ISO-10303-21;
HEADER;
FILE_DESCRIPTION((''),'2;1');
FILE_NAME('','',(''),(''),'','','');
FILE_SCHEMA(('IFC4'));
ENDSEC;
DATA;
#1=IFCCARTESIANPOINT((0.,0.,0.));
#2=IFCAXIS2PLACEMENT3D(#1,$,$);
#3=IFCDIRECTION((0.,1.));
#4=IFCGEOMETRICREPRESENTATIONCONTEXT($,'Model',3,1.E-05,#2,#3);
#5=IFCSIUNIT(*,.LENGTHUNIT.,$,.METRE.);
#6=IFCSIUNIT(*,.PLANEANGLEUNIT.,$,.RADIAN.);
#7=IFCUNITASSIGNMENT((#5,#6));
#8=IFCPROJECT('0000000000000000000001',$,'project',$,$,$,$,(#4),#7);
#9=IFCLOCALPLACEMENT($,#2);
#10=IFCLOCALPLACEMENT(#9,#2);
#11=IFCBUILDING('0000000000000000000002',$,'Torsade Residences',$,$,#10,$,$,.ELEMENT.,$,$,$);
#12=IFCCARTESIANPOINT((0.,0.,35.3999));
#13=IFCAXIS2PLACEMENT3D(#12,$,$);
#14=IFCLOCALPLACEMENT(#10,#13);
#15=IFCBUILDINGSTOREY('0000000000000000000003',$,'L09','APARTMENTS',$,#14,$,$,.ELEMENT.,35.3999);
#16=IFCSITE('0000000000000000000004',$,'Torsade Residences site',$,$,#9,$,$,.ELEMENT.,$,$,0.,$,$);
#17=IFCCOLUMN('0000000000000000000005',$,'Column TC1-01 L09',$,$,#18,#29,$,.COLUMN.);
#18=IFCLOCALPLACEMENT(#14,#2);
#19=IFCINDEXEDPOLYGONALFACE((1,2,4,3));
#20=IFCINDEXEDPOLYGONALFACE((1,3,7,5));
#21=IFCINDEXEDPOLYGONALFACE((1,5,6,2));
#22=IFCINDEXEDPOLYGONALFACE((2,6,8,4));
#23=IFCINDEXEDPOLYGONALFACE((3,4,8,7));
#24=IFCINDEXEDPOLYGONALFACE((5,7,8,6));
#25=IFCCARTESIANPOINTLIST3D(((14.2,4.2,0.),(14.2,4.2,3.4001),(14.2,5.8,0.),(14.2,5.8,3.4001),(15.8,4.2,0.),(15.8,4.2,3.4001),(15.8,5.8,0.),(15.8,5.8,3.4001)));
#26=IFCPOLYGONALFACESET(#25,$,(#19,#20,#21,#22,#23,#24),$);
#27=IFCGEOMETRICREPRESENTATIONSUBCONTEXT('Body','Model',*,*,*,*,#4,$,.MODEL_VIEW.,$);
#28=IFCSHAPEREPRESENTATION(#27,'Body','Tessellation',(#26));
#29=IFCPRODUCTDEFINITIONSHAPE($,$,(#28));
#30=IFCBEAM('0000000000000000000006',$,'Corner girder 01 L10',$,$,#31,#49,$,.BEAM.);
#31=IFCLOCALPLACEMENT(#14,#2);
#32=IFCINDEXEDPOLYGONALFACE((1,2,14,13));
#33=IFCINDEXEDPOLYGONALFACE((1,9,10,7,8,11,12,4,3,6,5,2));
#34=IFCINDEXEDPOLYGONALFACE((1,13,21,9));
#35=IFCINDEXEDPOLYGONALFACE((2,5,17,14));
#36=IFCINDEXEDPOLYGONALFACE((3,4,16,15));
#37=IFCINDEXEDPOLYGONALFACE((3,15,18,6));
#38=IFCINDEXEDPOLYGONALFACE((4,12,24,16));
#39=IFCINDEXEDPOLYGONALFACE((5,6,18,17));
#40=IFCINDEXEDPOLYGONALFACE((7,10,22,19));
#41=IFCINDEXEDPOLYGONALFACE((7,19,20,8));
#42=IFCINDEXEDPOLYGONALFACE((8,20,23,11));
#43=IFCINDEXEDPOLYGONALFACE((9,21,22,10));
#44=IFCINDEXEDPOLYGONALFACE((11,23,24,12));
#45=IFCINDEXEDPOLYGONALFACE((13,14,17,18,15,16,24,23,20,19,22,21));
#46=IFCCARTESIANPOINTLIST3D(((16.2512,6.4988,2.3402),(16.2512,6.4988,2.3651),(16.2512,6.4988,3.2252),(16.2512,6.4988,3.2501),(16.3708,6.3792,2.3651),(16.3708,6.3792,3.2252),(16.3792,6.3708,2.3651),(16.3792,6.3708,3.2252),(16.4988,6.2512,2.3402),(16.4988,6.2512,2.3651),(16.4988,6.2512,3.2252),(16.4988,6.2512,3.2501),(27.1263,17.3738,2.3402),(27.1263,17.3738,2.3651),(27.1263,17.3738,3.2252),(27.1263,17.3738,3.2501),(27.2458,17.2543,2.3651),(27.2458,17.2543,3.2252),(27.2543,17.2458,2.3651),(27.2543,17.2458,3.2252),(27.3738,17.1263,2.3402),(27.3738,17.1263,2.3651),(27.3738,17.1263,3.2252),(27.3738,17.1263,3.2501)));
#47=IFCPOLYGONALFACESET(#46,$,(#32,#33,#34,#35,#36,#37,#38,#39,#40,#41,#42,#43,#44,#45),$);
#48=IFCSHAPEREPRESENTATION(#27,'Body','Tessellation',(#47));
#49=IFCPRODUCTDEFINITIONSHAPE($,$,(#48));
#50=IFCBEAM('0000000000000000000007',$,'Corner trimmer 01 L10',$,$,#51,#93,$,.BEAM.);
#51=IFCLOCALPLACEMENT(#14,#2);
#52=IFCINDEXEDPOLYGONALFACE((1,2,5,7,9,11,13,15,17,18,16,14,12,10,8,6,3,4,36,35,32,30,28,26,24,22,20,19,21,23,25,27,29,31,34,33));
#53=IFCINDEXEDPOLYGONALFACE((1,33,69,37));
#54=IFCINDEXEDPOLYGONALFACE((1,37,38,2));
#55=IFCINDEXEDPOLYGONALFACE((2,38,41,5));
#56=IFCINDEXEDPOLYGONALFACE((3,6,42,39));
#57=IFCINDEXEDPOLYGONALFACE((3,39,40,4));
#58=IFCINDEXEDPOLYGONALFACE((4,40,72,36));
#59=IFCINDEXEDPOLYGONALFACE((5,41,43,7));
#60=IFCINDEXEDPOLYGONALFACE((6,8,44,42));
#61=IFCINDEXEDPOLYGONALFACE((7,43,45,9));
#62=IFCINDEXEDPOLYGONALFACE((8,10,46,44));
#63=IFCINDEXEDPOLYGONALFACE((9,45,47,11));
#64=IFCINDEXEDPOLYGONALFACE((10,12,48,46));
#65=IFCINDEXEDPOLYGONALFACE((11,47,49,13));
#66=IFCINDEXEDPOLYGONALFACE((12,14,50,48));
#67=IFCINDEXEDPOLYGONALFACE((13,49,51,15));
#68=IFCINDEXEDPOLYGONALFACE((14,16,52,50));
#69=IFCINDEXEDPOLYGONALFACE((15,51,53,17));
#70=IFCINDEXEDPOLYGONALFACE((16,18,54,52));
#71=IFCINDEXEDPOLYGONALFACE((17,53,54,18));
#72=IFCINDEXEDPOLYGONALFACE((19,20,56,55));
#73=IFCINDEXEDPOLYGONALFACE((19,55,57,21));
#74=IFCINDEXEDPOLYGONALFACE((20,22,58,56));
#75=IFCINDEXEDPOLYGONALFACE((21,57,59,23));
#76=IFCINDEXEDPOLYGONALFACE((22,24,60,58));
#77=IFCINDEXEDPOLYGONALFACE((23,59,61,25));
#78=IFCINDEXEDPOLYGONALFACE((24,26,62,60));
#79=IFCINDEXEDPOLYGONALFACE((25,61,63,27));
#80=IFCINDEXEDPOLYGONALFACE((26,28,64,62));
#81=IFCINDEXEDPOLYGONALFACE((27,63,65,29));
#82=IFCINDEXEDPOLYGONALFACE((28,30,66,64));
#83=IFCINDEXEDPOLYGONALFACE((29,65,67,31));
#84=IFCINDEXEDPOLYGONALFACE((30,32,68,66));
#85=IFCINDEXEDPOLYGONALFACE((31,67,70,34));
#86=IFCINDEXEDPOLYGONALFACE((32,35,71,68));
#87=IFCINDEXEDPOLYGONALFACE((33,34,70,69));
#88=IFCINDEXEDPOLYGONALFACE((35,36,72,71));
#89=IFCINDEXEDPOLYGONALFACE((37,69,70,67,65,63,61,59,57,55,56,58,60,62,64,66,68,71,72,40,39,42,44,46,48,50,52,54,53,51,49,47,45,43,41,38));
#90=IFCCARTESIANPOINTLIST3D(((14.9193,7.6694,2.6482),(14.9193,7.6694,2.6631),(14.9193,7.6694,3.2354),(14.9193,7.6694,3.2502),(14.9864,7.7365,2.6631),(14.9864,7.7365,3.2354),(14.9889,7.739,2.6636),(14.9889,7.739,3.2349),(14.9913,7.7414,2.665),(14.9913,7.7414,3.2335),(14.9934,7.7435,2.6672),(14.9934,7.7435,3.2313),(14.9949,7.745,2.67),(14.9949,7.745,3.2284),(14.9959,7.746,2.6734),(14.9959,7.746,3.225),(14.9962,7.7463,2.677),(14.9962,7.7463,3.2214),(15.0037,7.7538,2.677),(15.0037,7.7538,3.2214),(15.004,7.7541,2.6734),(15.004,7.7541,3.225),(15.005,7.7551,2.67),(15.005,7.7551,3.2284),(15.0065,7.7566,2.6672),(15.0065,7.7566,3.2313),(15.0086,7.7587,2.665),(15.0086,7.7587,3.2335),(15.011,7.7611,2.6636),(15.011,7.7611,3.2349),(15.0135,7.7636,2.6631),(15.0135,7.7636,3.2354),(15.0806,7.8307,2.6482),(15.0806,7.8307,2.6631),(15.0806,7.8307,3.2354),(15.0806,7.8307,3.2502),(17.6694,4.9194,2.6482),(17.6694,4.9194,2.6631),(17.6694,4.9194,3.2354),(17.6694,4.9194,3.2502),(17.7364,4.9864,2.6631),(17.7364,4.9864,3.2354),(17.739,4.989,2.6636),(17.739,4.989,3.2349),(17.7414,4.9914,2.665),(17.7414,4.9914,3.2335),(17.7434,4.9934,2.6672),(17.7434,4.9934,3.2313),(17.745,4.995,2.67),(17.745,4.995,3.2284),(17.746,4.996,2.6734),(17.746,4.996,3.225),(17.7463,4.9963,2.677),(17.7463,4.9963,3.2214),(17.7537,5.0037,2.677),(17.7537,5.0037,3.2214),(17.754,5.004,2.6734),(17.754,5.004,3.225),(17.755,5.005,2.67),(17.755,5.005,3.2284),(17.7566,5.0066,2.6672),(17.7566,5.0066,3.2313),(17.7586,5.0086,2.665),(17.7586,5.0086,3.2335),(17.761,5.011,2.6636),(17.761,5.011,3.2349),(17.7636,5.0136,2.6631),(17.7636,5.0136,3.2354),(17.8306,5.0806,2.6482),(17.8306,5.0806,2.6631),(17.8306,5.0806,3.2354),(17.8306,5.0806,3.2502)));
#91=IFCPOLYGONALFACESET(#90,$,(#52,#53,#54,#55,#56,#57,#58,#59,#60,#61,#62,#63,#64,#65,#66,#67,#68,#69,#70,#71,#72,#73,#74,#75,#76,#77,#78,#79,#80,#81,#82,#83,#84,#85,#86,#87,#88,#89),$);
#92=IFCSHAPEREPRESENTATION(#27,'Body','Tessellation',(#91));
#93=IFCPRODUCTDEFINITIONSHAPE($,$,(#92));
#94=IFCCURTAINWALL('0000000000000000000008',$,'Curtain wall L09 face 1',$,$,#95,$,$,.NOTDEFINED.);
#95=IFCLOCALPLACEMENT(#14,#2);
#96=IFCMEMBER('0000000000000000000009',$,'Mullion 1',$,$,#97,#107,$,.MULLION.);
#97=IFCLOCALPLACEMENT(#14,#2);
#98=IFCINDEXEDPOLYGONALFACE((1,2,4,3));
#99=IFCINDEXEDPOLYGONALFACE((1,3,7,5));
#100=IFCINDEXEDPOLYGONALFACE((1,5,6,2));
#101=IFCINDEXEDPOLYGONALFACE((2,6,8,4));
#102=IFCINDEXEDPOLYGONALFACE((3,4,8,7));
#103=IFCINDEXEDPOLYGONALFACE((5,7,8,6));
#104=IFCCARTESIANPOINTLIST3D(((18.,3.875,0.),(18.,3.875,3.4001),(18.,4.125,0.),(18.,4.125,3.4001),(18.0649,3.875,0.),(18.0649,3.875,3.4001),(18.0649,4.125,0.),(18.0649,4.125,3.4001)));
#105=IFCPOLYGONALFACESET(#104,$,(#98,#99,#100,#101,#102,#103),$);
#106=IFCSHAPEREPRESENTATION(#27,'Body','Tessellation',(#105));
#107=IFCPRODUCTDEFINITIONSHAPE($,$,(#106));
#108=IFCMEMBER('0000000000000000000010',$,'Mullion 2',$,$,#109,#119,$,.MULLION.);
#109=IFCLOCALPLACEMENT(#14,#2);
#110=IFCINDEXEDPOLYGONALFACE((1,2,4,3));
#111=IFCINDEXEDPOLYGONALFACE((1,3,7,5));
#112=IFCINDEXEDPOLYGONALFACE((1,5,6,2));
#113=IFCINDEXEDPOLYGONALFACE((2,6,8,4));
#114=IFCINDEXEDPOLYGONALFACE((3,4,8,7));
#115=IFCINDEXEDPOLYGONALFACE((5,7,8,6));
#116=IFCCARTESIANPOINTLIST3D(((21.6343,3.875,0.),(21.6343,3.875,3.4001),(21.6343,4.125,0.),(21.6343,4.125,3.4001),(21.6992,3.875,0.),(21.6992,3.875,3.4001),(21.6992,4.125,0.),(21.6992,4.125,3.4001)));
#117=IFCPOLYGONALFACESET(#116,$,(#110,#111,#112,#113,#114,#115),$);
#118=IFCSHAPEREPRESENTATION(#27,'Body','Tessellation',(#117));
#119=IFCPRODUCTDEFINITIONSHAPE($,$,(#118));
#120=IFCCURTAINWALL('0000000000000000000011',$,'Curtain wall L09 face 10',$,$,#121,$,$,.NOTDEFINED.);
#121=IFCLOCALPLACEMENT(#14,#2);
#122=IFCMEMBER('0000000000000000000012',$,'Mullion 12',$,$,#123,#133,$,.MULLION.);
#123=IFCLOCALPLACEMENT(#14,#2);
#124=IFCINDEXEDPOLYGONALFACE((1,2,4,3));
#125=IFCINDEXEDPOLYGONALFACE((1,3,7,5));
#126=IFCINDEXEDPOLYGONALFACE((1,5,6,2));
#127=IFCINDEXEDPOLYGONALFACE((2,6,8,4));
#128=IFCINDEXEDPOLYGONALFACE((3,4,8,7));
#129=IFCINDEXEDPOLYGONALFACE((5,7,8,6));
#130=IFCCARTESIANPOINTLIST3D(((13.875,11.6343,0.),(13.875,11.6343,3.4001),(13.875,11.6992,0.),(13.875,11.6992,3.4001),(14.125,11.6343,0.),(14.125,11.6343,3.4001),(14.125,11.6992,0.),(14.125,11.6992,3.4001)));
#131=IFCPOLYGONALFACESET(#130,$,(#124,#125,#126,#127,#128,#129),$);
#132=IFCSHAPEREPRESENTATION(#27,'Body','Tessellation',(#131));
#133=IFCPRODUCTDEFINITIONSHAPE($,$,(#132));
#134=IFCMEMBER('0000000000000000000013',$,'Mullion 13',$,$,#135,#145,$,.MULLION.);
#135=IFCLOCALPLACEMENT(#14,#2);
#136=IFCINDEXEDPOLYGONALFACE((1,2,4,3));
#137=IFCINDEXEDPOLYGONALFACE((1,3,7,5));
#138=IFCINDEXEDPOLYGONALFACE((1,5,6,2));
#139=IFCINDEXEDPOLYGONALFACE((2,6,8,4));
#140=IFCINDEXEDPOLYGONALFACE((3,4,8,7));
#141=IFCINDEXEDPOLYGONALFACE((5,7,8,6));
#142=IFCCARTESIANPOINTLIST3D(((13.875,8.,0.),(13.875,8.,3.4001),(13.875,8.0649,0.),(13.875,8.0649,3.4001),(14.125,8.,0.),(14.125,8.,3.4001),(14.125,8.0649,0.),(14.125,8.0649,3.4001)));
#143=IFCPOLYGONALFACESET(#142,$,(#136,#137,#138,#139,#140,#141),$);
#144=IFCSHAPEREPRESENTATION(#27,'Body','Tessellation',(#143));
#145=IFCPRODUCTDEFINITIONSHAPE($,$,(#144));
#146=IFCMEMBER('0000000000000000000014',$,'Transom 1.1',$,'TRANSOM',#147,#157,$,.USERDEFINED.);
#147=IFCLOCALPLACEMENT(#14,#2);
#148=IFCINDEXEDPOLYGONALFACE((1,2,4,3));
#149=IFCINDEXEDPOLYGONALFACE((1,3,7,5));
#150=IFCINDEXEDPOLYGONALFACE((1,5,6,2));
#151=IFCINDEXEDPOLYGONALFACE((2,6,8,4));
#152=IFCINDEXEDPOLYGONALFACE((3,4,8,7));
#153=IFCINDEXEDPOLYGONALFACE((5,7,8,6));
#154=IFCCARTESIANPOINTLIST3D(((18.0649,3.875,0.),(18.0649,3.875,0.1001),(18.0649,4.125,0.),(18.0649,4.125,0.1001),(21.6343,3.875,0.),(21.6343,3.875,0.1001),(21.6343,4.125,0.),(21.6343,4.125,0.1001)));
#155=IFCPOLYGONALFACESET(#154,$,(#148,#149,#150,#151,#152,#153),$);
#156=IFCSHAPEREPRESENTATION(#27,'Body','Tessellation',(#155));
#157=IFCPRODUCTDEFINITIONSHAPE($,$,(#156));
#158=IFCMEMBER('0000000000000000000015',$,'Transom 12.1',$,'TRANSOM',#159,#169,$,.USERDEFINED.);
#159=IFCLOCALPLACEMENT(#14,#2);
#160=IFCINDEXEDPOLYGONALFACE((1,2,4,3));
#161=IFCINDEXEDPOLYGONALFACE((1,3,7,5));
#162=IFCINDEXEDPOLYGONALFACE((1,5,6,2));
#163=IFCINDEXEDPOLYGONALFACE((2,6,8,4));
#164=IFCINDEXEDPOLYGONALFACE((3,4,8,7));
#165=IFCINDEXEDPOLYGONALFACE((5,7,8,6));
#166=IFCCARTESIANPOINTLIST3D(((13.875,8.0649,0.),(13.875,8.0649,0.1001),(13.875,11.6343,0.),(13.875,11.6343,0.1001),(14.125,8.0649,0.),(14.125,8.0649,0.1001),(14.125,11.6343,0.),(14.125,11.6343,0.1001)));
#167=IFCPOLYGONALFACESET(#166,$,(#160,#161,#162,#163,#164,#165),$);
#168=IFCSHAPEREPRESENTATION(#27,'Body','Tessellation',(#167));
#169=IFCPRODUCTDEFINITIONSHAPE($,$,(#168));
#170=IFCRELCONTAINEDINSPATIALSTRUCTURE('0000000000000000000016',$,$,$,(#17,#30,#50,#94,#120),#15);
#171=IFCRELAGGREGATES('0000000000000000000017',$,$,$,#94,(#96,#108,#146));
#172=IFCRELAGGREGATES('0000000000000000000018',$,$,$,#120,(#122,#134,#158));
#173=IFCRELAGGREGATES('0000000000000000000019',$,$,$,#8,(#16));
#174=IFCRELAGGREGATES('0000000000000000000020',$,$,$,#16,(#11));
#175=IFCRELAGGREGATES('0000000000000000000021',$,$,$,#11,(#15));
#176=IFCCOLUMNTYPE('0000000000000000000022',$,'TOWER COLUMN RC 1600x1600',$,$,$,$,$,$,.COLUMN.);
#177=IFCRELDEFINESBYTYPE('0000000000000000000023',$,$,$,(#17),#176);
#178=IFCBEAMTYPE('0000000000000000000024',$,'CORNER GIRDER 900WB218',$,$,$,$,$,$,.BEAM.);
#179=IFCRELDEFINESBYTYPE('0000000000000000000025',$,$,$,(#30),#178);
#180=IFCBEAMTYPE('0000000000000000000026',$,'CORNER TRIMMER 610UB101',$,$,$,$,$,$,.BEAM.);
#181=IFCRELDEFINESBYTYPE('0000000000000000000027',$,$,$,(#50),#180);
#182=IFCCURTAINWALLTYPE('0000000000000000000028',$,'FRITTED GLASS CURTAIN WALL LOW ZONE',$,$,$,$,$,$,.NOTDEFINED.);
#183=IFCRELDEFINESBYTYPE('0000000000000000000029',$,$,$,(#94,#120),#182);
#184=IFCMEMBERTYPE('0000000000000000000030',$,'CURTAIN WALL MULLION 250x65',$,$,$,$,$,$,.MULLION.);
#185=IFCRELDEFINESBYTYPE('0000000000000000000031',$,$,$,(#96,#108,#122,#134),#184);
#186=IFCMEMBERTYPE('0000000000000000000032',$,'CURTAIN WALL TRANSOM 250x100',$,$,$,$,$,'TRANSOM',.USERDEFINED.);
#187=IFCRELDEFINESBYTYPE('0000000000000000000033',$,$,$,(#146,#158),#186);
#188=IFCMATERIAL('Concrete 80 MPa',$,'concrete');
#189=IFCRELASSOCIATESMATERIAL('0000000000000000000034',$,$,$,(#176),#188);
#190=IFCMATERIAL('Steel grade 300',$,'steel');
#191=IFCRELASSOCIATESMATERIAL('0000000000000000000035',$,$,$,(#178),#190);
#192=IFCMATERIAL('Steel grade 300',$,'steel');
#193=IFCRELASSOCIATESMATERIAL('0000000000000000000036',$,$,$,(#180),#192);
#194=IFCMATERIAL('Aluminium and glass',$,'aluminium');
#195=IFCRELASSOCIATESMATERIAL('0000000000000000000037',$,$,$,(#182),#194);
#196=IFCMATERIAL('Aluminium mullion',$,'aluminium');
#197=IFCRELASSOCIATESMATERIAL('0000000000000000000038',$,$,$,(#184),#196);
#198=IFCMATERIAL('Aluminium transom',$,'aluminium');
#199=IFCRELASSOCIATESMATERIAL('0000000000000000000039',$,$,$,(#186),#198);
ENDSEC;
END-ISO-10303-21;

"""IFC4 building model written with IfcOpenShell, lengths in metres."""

from ifc_helpers import new_model, si_unit, direction, frame, origin, origin_2d, place, context, subcontext, project, spatial, rectangle, i_section, extrude, material, material_profile, profile_set, type_object, element, aggregate, save


model = new_model("IFC4")

# Units and contexts
model_context = context("Model", 3, precision=1e-05, world=origin(), true_north=direction((0.0, 1.0)))
body_context = subcontext(model_context, "Body", "Model", "MODEL_VIEW")
ifc_project = project(units=[si_unit("LENGTHUNIT", "METRE"), si_unit("PLANEANGLEUNIT", "RADIAN")], contexts=[model_context])

# Site, building, storey
site_placement = place(None, origin())
site = spatial("IfcSite", under=ifc_project, at=site_placement, Name="Torsade Residences site", CompositionType="ELEMENT", RefElevation=0.0)
building_placement = place(site_placement, origin())
building = spatial("IfcBuilding", under=site, at=building_placement, Name="Torsade Residences", CompositionType="ELEMENT")
storey_placement = place(building_placement, frame((0.0, 0.0, 35.3999)))
storey = spatial("IfcBuildingStorey", under=building, at=storey_placement, Name="L09", Description="APARTMENTS", CompositionType="ELEMENT", Elevation=35.3999)

# Column
ifc_material_1 = material(Name="Concrete 80 MPa", Category="concrete")
ifc_material_profile_1 = material_profile(ifc_material_1, rectangle(XDim=1.6001, YDim=1.6001, at=origin_2d()), Name="RC 1600x1600")
ifc_profile_set_1 = profile_set([ifc_material_profile_1], Name="Concrete 80 MPa")
column_type = type_object("IfcColumnType", Name="TOWER COLUMN RC 1600x1600", PredefinedType="COLUMN", material=ifc_profile_set_1)
column_placement = place(storey_placement, frame((15.0, 5.0, 0.0), z_axis=(0.0, 0.0, 1.0), x_axis=(1.0, 0.0, 0.0)))
element("IfcColumn", 1, at=column_placement, inside=storey, type_object=column_type, Name="Column TC1-01 L09", PredefinedType="COLUMN", context=body_context, shape_type="SweptSolid", body=[
    extrude(rectangle(XDim=1.6001, YDim=1.6001, at=origin_2d()), origin(), (0.0, 0.0, 1.0), 3.4001),
])

# Beams
ifc_material_2 = material(Name="Steel grade 300", Category="steel")
ifc_material_profile_2 = material_profile(ifc_material_2, i_section(OverallWidth=0.3501, OverallDepth=0.9099, WebThickness=0.012, FlangeThickness=0.0249, at=origin_2d()), Name="900WB218")
ifc_profile_set_2 = profile_set([ifc_material_profile_2], Name="Steel grade 300")
beam_type_1 = type_object("IfcBeamType", Name="CORNER GIRDER 900WB218", PredefinedType="BEAM", material=ifc_profile_set_2)
beam_1_placement = place(storey_placement, frame((16.375, 6.375, 2.7952), z_axis=(0.707107, 0.707107, 0.0), x_axis=(-0.707107, 0.707107, 0.0)))
element("IfcBeam", 2, at=beam_1_placement, inside=storey, type_object=beam_type_1, Name="Corner girder 01 L10", PredefinedType="BEAM", context=body_context, shape_type="SweptSolid", body=[
    extrude(i_section(OverallWidth=0.3501, OverallDepth=0.9099, WebThickness=0.012, FlangeThickness=0.0249, at=origin_2d()), origin(), (0.0, 0.0, 1.0), 15.3796),
])
ifc_material_3 = material(Name="Steel grade 300", Category="steel")
ifc_material_profile_3 = material_profile(ifc_material_3, i_section(OverallWidth=0.228, OverallDepth=0.6021, WebThickness=0.0105, FlangeThickness=0.0149, FilletRadius=0.0139, at=origin_2d()), Name="610UB101")
ifc_profile_set_3 = profile_set([ifc_material_profile_3], Name="Steel grade 300")
beam_type_2 = type_object("IfcBeamType", Name="CORNER TRIMMER 610UB101", PredefinedType="BEAM", material=ifc_profile_set_3)
beam_2_placement = place(storey_placement, frame((17.75, 5.0, 2.9492), z_axis=(-0.707107, 0.707107, 0.0), x_axis=(-0.707107, -0.707107, 0.0)))
element("IfcBeam", 3, at=beam_2_placement, inside=storey, type_object=beam_type_2, Name="Corner trimmer 01 L10", PredefinedType="BEAM", context=body_context, shape_type="SweptSolid", body=[
    extrude(i_section(OverallWidth=0.228, OverallDepth=0.6021, WebThickness=0.0105, FlangeThickness=0.0149, FilletRadius=0.0139, at=origin_2d()), origin(), (0.0, 0.0, 1.0), 3.8892),
])

# Curtain walls, members
ifc_material_4 = material(Name="Aluminium and glass", Category="aluminium")
curtain_wall_type = type_object("IfcCurtainWallType", Name="FRITTED GLASS CURTAIN WALL LOW ZONE", PredefinedType="NOTDEFINED", material=ifc_material_4)
curtain_wall_1_placement = place(storey_placement, origin())
curtain_wall_1 = element("IfcCurtainWall", 4, at=curtain_wall_1_placement, inside=storey, type_object=curtain_wall_type, Name="Curtain wall L09 face 1", PredefinedType="NOTDEFINED")
ifc_material_5 = material(Name="Aluminium mullion", Category="aluminium")
ifc_material_profile_4 = material_profile(ifc_material_5, rectangle(XDim=0.25, YDim=0.0649, at=origin_2d()), Name="CURTAIN WALL MULLION 250x65")
ifc_profile_set_4 = profile_set([ifc_material_profile_4], Name="Aluminium mullion")
member_type_1 = type_object("IfcMemberType", Name="CURTAIN WALL MULLION 250x65", PredefinedType="MULLION", material=ifc_profile_set_4)
member_1_placement = place(storey_placement, frame((18.0325, 4.0, 0.0), z_axis=(0.0, 0.0, 1.0), x_axis=(0.0, 1.0, 0.0)))
member_1 = element("IfcMember", 5, at=member_1_placement, type_object=member_type_1, Name="Mullion 1", PredefinedType="MULLION", context=body_context, shape_type="SweptSolid", body=[
    extrude(rectangle(XDim=0.25, YDim=0.0649, at=origin_2d()), origin(), (0.0, 0.0, 1.0), 3.4001),
])
member_2_placement = place(storey_placement, frame((21.6667, 4.0, 0.0), z_axis=(0.0, 0.0, 1.0), x_axis=(0.0, 1.0, 0.0)))
member_2 = element("IfcMember", 6, at=member_2_placement, type_object=member_type_1, Name="Mullion 2", PredefinedType="MULLION", context=body_context, shape_type="SweptSolid", body=[
    extrude(rectangle(XDim=0.25, YDim=0.0649, at=origin_2d()), origin(), (0.0, 0.0, 1.0), 3.4001),
])
curtain_wall_2_placement = place(storey_placement, origin())
curtain_wall_2 = element("IfcCurtainWall", 7, at=curtain_wall_2_placement, inside=storey, type_object=curtain_wall_type, Name="Curtain wall L09 face 10", PredefinedType="NOTDEFINED")
member_3_placement = place(storey_placement, frame((14.0, 11.6667, 0.0), z_axis=(0.0, 0.0, 1.0), x_axis=(1.0, 0.0, 0.0)))
member_3 = element("IfcMember", 8, at=member_3_placement, type_object=member_type_1, Name="Mullion 12", PredefinedType="MULLION", context=body_context, shape_type="SweptSolid", body=[
    extrude(rectangle(XDim=0.25, YDim=0.0649, at=origin_2d()), origin(), (0.0, 0.0, 1.0), 3.4001),
])
member_4_placement = place(storey_placement, frame((14.0, 8.0325, 0.0), z_axis=(0.0, 0.0, 1.0), x_axis=(1.0, 0.0, 0.0)))
member_4 = element("IfcMember", 9, at=member_4_placement, type_object=member_type_1, Name="Mullion 13", PredefinedType="MULLION", context=body_context, shape_type="SweptSolid", body=[
    extrude(rectangle(XDim=0.25, YDim=0.0649, at=origin_2d()), origin(), (0.0, 0.0, 1.0), 3.4001),
])

# Members
ifc_material_6 = material(Name="Aluminium transom", Category="aluminium")
ifc_material_profile_5 = material_profile(ifc_material_6, rectangle(XDim=0.25, YDim=0.1001, at=origin_2d()), Name="CURTAIN WALL TRANSOM 250x100")
ifc_profile_set_5 = profile_set([ifc_material_profile_5], Name="Aluminium transom")
member_type_2 = type_object("IfcMemberType", Name="CURTAIN WALL TRANSOM 250x100", ElementType="TRANSOM", PredefinedType="USERDEFINED", material=ifc_profile_set_5)
member_5_placement = place(storey_placement, frame((18.0649, 4.0, 0.05), z_axis=(1.0, 0.0, 0.0), x_axis=(0.0, 1.0, 0.0)))
member_5 = element("IfcMember", 10, at=member_5_placement, type_object=member_type_2, Name="Transom 1.1", ObjectType="TRANSOM", PredefinedType="USERDEFINED", context=body_context, shape_type="SweptSolid", body=[
    extrude(rectangle(XDim=0.25, YDim=0.1001, at=origin_2d()), origin(), (0.0, 0.0, 1.0), 3.5693),
])
member_6_placement = place(storey_placement, frame((14.0, 11.6343, 0.05), z_axis=(0.0, -1.0, 0.0), x_axis=(1.0, 0.0, 0.0)))
member_6 = element("IfcMember", 11, at=member_6_placement, type_object=member_type_2, Name="Transom 12.1", ObjectType="TRANSOM", PredefinedType="USERDEFINED", context=body_context, shape_type="SweptSolid", body=[
    extrude(rectangle(XDim=0.25, YDim=0.1001, at=origin_2d()), origin(), (0.0, 0.0, 1.0), 3.5693),
])

aggregate(curtain_wall_1, [member_1, member_2, member_5])
aggregate(curtain_wall_2, [member_3, member_4, member_6])

save(model, "model.ifc")
